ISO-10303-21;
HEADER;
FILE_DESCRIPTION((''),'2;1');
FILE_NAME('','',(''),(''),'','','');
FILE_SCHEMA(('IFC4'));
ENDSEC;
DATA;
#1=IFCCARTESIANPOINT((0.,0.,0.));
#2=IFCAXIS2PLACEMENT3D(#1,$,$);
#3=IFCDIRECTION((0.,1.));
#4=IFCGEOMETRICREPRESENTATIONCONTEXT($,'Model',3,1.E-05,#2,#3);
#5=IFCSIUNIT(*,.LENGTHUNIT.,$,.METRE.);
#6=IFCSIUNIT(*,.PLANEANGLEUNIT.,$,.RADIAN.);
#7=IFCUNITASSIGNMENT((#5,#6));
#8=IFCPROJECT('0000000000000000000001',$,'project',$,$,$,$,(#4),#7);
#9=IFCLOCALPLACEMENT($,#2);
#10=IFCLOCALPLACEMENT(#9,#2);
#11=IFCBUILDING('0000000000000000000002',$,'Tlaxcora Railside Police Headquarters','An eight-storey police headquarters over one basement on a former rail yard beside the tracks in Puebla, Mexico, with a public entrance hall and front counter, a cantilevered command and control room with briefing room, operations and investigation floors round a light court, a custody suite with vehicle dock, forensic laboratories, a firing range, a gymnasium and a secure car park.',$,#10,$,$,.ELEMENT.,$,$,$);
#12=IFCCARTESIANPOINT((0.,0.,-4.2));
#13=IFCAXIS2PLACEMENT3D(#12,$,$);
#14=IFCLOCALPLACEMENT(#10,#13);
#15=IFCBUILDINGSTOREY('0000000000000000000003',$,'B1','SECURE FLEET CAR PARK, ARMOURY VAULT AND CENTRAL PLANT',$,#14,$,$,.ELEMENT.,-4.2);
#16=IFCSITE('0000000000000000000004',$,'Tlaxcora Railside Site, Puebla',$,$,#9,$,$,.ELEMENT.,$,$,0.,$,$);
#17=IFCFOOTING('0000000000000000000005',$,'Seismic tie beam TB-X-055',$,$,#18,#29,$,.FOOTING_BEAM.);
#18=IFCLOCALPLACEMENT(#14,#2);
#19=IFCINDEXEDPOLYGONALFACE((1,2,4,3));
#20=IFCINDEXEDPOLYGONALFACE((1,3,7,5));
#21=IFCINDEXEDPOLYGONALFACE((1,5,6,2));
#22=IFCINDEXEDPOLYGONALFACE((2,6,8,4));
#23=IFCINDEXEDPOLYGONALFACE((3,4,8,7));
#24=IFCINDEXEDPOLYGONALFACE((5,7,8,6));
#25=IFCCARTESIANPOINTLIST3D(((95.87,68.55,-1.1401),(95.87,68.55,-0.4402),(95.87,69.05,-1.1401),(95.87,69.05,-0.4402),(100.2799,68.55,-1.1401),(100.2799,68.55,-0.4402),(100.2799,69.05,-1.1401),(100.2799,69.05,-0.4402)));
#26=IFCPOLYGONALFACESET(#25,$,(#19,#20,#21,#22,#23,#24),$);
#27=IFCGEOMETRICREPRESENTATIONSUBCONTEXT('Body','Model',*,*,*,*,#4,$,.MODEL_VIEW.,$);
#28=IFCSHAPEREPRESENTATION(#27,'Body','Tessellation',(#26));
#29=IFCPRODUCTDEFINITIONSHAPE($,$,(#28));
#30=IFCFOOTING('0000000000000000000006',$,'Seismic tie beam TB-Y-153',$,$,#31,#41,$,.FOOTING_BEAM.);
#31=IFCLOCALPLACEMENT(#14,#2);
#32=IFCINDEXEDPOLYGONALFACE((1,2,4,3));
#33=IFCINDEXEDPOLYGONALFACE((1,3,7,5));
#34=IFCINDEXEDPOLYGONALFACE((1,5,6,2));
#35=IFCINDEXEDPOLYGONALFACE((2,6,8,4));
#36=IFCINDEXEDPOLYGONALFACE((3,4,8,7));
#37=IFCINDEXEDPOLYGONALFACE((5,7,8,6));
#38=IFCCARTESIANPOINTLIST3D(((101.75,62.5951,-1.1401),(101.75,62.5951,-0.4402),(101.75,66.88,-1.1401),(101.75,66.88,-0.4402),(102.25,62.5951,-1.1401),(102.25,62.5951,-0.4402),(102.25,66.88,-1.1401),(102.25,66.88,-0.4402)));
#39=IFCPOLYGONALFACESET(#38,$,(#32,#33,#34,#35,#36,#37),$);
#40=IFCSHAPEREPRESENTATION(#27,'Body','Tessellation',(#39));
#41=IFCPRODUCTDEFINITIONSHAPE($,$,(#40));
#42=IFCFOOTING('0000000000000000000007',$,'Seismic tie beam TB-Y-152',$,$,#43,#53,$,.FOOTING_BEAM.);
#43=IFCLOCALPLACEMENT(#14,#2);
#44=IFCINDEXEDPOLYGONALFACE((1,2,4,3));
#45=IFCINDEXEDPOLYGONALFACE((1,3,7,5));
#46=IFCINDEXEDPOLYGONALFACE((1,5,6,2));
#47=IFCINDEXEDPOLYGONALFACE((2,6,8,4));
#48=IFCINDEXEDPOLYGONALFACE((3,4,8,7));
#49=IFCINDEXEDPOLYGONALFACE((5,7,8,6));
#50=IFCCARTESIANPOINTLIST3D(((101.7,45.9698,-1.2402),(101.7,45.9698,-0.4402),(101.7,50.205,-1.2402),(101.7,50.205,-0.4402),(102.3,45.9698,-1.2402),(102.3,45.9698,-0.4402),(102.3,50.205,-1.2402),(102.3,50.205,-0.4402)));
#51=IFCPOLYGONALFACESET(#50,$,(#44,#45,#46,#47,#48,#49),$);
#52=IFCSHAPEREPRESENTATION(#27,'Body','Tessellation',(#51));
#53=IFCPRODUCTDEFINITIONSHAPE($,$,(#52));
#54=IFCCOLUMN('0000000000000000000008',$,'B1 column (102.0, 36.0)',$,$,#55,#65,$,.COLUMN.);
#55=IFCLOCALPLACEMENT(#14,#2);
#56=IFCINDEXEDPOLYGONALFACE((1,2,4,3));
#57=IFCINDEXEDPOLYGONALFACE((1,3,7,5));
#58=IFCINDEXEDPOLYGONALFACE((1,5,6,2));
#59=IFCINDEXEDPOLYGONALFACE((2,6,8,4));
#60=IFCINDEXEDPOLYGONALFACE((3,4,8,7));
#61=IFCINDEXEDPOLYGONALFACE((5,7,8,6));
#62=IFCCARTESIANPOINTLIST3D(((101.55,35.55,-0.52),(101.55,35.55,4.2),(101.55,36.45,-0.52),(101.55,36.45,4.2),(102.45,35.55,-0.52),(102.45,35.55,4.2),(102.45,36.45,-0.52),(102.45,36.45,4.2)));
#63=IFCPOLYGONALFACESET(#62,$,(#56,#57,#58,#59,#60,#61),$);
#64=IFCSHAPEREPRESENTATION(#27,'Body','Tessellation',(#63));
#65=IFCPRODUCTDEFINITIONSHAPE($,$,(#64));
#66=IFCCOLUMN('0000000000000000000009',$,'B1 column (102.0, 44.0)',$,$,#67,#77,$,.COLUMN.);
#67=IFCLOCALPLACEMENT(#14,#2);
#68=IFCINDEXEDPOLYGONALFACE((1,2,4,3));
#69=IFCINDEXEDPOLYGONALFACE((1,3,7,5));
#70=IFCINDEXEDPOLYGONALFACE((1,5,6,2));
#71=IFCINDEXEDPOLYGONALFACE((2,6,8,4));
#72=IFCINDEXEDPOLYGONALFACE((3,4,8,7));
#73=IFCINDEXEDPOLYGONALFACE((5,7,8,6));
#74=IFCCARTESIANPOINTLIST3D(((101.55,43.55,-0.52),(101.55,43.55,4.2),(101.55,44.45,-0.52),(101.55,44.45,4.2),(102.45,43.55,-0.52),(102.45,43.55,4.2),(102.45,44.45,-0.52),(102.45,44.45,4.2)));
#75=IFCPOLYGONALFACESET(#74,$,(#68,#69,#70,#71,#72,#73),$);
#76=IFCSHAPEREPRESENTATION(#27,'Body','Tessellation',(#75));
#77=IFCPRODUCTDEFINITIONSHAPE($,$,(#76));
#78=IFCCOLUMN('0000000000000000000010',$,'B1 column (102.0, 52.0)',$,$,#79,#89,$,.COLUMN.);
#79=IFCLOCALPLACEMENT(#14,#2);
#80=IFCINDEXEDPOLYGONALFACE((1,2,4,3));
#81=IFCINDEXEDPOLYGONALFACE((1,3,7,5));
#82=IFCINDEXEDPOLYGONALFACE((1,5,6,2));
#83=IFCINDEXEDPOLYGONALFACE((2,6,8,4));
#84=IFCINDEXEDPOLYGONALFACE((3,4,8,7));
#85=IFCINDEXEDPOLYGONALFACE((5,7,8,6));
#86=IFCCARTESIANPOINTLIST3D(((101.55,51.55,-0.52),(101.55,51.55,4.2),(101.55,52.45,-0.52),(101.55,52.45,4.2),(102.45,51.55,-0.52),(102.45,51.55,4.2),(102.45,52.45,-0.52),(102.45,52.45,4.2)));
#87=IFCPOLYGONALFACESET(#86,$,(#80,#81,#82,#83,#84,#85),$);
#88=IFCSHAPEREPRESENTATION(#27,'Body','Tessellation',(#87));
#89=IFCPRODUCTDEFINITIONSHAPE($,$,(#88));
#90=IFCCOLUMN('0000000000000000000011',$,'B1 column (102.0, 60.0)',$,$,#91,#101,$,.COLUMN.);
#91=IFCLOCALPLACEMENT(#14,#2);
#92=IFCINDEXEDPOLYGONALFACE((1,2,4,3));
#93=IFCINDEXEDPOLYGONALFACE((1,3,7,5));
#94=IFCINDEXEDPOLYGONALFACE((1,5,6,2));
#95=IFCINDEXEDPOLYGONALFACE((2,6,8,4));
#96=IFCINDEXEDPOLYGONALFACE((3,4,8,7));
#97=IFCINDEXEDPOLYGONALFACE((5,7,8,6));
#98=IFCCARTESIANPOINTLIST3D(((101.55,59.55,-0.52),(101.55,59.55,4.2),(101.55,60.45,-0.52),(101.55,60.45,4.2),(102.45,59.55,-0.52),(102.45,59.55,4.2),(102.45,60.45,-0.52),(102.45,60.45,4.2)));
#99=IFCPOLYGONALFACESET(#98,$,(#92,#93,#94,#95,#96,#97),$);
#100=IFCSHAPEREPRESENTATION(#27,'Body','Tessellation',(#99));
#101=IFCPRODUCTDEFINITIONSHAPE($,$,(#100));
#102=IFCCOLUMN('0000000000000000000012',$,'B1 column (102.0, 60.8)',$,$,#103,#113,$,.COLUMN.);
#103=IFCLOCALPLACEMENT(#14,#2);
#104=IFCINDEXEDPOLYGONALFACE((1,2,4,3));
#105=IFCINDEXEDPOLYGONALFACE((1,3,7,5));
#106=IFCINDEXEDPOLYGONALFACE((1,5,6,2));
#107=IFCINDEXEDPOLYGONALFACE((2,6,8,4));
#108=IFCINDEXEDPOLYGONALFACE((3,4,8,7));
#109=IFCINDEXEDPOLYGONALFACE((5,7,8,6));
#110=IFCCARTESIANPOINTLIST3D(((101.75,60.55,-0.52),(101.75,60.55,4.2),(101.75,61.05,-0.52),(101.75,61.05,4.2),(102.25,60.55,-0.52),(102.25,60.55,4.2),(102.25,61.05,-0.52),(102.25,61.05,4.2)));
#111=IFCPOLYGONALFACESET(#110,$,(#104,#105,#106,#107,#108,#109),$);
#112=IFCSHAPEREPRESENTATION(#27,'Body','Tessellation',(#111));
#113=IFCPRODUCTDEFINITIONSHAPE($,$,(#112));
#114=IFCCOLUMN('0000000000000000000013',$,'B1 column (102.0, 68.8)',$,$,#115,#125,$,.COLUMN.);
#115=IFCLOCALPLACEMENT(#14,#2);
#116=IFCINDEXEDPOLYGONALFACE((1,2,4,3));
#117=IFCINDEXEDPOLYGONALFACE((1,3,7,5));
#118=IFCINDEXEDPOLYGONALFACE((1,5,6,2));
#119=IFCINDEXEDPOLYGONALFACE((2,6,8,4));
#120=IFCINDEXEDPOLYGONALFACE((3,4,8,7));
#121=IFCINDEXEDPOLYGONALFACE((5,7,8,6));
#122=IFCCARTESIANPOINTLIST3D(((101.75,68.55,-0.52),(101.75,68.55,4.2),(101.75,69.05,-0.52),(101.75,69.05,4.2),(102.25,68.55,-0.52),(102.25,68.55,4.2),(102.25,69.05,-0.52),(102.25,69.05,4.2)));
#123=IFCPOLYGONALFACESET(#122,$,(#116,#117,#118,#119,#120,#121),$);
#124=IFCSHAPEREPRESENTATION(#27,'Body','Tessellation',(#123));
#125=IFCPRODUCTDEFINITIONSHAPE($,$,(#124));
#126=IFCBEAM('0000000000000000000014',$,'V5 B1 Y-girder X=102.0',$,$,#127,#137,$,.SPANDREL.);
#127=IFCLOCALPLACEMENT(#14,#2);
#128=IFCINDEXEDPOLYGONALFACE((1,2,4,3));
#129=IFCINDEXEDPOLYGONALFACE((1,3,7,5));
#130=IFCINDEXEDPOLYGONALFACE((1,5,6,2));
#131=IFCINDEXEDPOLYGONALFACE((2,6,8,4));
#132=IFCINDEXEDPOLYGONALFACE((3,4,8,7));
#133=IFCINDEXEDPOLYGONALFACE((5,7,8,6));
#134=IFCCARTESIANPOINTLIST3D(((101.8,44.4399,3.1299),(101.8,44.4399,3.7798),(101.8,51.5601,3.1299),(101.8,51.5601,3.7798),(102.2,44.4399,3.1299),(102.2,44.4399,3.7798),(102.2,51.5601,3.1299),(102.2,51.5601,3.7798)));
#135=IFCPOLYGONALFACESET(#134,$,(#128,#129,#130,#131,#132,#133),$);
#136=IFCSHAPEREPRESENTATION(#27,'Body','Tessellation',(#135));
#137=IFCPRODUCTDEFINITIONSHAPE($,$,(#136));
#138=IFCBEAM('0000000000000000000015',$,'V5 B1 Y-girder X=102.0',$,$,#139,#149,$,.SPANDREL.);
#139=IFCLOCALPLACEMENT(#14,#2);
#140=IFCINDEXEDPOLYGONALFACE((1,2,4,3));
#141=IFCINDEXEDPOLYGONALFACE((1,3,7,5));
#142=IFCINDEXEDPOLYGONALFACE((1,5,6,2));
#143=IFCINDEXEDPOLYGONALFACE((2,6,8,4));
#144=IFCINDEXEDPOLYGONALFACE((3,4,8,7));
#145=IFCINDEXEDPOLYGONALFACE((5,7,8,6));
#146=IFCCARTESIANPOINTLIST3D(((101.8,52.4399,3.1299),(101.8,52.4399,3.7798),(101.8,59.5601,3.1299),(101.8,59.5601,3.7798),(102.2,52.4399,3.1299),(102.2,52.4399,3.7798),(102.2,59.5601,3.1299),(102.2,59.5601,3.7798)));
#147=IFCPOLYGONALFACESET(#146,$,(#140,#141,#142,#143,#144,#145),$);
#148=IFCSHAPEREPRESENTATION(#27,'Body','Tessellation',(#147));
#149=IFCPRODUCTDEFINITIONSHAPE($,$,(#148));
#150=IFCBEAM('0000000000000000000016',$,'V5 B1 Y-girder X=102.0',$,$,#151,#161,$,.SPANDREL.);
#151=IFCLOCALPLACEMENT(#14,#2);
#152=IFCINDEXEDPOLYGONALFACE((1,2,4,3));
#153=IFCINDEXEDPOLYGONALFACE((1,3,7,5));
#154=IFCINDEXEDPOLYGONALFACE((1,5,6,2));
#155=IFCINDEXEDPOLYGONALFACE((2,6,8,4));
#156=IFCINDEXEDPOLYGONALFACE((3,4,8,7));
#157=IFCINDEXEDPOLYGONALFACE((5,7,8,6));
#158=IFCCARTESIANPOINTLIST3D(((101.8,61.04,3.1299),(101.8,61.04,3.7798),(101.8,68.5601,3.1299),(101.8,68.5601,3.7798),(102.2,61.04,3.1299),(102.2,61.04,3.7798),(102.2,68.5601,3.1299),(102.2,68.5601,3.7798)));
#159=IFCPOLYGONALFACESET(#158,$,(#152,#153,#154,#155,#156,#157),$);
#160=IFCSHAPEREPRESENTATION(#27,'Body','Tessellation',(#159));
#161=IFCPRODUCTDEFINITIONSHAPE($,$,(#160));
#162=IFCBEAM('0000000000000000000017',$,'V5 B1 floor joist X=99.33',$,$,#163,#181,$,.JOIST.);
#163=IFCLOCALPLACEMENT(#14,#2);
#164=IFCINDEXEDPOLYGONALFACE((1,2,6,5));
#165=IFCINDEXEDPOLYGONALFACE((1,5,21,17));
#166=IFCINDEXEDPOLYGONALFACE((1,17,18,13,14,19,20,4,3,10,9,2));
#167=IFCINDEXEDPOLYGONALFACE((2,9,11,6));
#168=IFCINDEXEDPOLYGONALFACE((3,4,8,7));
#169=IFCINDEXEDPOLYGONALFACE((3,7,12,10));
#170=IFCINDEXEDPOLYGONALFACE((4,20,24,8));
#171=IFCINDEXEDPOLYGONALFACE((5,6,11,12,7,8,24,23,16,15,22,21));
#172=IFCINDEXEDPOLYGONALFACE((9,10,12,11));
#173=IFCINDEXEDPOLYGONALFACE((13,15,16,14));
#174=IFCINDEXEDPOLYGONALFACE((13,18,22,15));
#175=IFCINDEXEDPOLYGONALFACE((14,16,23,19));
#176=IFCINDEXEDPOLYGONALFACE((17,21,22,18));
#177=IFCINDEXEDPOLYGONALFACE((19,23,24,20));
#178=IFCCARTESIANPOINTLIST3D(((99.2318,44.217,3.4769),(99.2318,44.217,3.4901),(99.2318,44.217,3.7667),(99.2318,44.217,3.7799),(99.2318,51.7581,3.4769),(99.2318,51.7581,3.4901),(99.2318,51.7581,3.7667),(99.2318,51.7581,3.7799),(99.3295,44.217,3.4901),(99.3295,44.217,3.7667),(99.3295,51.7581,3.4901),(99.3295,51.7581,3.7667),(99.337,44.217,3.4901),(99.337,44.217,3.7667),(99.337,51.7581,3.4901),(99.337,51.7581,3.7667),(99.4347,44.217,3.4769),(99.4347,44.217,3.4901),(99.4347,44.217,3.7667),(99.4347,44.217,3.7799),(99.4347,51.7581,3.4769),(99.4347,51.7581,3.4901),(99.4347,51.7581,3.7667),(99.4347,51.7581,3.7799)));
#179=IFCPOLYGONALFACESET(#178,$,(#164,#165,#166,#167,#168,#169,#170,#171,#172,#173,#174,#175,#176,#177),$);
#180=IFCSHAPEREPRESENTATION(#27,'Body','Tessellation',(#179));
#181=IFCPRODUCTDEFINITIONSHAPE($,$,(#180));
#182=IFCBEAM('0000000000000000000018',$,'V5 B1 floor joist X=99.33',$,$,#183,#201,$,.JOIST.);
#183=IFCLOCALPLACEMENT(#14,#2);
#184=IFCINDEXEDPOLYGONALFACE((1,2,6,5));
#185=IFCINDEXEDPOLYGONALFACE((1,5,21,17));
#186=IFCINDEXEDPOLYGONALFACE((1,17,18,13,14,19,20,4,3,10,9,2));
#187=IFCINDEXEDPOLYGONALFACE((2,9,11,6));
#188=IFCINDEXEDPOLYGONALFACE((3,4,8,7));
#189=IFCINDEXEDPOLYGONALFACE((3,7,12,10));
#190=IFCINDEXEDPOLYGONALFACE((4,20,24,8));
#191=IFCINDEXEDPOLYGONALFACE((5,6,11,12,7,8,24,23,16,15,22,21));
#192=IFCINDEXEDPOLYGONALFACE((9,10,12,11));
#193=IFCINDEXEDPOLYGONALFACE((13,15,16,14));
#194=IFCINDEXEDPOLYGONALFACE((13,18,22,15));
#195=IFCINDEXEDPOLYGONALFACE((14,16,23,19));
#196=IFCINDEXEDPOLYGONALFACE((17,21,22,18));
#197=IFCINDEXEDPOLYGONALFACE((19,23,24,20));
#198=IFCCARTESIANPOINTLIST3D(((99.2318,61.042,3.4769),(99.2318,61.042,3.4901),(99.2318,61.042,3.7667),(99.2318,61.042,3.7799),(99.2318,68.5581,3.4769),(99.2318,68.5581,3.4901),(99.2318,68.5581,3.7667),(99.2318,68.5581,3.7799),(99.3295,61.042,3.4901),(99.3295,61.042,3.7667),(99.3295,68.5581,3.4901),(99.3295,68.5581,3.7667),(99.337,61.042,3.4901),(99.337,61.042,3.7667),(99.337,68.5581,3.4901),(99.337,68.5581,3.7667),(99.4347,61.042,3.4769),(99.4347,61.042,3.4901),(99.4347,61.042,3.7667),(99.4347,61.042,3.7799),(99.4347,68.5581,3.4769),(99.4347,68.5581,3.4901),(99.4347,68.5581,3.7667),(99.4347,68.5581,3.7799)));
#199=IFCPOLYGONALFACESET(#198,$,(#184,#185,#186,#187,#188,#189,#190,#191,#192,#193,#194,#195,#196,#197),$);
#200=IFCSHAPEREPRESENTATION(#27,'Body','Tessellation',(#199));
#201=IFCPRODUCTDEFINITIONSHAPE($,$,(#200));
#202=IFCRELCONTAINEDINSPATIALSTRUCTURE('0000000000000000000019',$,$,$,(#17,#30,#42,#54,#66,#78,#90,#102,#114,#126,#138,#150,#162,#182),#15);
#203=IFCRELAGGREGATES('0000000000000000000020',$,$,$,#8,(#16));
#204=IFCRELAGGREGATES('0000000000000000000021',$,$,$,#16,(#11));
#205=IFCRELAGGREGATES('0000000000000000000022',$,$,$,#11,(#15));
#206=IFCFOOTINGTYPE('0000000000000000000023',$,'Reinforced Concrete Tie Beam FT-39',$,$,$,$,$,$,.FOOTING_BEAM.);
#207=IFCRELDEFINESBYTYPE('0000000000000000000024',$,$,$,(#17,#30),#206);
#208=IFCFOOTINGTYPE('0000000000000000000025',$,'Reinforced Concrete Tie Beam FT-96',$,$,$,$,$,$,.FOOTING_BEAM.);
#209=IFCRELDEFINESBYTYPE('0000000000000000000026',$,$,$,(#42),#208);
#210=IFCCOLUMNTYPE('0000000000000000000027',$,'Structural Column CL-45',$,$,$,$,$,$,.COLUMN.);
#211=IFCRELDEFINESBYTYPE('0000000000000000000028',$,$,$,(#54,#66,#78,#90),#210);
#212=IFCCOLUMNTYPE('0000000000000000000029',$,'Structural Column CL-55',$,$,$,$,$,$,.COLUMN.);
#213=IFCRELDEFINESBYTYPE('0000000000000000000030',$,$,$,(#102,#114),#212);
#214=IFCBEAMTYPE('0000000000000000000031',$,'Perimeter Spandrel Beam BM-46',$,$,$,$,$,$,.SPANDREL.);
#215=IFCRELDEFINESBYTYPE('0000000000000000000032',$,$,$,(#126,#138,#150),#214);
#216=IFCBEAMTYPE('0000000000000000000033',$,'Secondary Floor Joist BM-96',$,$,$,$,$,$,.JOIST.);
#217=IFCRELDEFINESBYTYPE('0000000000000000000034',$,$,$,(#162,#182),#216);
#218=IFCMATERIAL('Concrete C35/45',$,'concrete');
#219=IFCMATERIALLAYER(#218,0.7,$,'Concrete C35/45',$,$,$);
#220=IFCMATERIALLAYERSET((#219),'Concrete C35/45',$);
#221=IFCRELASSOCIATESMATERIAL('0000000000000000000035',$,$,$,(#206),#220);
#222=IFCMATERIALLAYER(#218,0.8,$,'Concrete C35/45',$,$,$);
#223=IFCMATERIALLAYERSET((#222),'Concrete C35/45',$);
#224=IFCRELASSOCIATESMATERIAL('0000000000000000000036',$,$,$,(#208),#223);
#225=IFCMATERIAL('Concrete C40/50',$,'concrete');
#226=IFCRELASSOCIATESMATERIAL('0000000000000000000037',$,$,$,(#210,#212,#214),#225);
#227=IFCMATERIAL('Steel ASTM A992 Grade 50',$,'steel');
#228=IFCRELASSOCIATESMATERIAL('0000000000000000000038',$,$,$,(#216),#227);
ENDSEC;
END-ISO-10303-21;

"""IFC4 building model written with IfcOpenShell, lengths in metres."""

from ifc_helpers import new_model, si_unit, direction, frame, origin, origin_2d, place, context, subcontext, project, spatial, rectangle, i_section, extrude, material, layer, layer_set, material_profile, profile_set, type_object, element, save


model = new_model("IFC4")

# Units and contexts
model_context = context("Model", 3, precision=1e-05, world=origin(), true_north=direction((0.0, 1.0)))
body_context = subcontext(model_context, "Body", "Model", "MODEL_VIEW")
ifc_project = project(units=[si_unit("LENGTHUNIT", "METRE"), si_unit("PLANEANGLEUNIT", "RADIAN")], contexts=[model_context])

# Site, building, storey
site_placement = place(None, origin())
site = spatial("IfcSite", under=ifc_project, at=site_placement, Name="Tlaxcora Railside Site, Puebla", CompositionType="ELEMENT", RefElevation=0.0)
building_placement = place(site_placement, origin())
building = spatial("IfcBuilding", under=site, at=building_placement, Name="Tlaxcora Railside Police Headquarters", Description="An eight-storey police headquarters over one basement on a former rail yard beside the tracks in Puebla, Mexico, with a public entrance hall and front counter, a cantilevered command and control room with briefing room, operations and investigation floors round a light court, a custody suite with vehicle dock, forensic laboratories, a firing range, a gymnasium and a secure car park.", CompositionType="ELEMENT")
storey_placement = place(building_placement, frame((0.0, 0.0, -4.2)))
storey = spatial("IfcBuildingStorey", under=building, at=storey_placement, Name="B1", Description="SECURE FLEET CAR PARK, ARMOURY VAULT AND CENTRAL PLANT", CompositionType="ELEMENT", Elevation=-4.2)

# Shared definitions
ifc_material_1 = material(Name="Concrete C35/45", Category="concrete")

# Footings
ifc_material_2 = material(Name="Concrete C40/50", Category="concrete")
ifc_layer_1 = layer(ifc_material_1, 0.7, Name="Concrete C35/45")
ifc_layer_set_1 = layer_set([ifc_layer_1], Name="Concrete C35/45")
footing_type_1 = type_object("IfcFootingType", Name="Reinforced Concrete Tie Beam FT-39", PredefinedType="FOOTING_BEAM", material=ifc_layer_set_1)
footing_1_placement = place(storey_placement, frame((98.075, 68.8, -1.1401), z_axis=(0.0, 0.0, 1.0), x_axis=(1.0, 0.0, 0.0)))
element("IfcFooting", 1, at=footing_1_placement, inside=storey, type_object=footing_type_1, Name="Seismic tie beam TB-X-055", PredefinedType="FOOTING_BEAM", context=body_context, shape_type="SweptSolid", body=[
    extrude(rectangle(XDim=4.4099, YDim=0.5, at=origin_2d()), origin(), (0.0, 0.0, 1.0), 0.7),
])
footing_2_placement = place(storey_placement, frame((102.0, 64.7375, -1.1401), z_axis=(0.0, 0.0, 1.0), x_axis=(0.0, 1.0, 0.0)))
element("IfcFooting", 2, at=footing_2_placement, inside=storey, type_object=footing_type_1, Name="Seismic tie beam TB-Y-153", PredefinedType="FOOTING_BEAM", context=body_context, shape_type="SweptSolid", body=[
    extrude(rectangle(XDim=4.2849, YDim=0.5, at=origin_2d()), origin(), (0.0, 0.0, 1.0), 0.7),
])
ifc_layer_2 = layer(ifc_material_1, 0.8, Name="Concrete C35/45")
ifc_layer_set_2 = layer_set([ifc_layer_2], Name="Concrete C35/45")
footing_type_2 = type_object("IfcFootingType", Name="Reinforced Concrete Tie Beam FT-96", PredefinedType="FOOTING_BEAM", material=ifc_layer_set_2)
footing_3_placement = place(storey_placement, frame((102.0, 48.0874, -1.2402), z_axis=(0.0, 0.0, 1.0), x_axis=(0.0, 1.0, 0.0)))
element("IfcFooting", 3, at=footing_3_placement, inside=storey, type_object=footing_type_2, Name="Seismic tie beam TB-Y-152", PredefinedType="FOOTING_BEAM", context=body_context, shape_type="SweptSolid", body=[
    extrude(rectangle(XDim=4.2351, YDim=0.6001, at=origin_2d()), origin(), (0.0, 0.0, 1.0), 0.8),
])

# Columns
ifc_material_profile_1 = material_profile(ifc_material_2, rectangle(XDim=0.8999, YDim=0.8999, at=origin_2d()), Name="RC900X900")
ifc_profile_set_1 = profile_set([ifc_material_profile_1], Name="Concrete C40/50")
column_type_1 = type_object("IfcColumnType", Name="Structural Column CL-45", PredefinedType="COLUMN", material=ifc_profile_set_1)
for number, where, z_axis, x_axis, name in (
    (4, (102.0, 36.0, -0.52), (0.0, 0.0, 1.0), (1.0, 0.0, 0.0), "B1 column (102.0, 36.0)"),
    (5, (102.0, 44.0, -0.52), (0.0, 0.0, 1.0), (1.0, 0.0, 0.0), "B1 column (102.0, 44.0)"),
    (6, (102.0, 52.0, -0.52), (0.0, 0.0, 1.0), (1.0, 0.0, 0.0), "B1 column (102.0, 52.0)"),
    (7, (102.0, 60.0, -0.52), (0.0, 0.0, 1.0), (1.0, 0.0, 0.0), "B1 column (102.0, 60.0)"),
):
    element("IfcColumn", number, at=place(storey_placement, frame(where, z_axis=z_axis, x_axis=x_axis)), inside=storey, type_object=column_type_1, Name=name, PredefinedType="COLUMN", context=body_context, shape_type="SweptSolid", body=[
        extrude(rectangle(XDim=0.8999, YDim=0.8999, at=origin_2d()), origin(), (0.0, 0.0, 1.0), 4.72),
    ])
ifc_material_profile_2 = material_profile(ifc_material_2, rectangle(XDim=0.5, YDim=0.5, at=origin_2d()), Name="RC500X500")
ifc_profile_set_2 = profile_set([ifc_material_profile_2], Name="Concrete C40/50")
column_type_2 = type_object("IfcColumnType", Name="Structural Column CL-55", PredefinedType="COLUMN", material=ifc_profile_set_2)
for number, where, z_axis, x_axis, name in (
    (8, (102.0, 60.8, -0.52), (0.0, 0.0, 1.0), (1.0, 0.0, 0.0), "B1 column (102.0, 60.8)"),
    (9, (102.0, 68.8, -0.52), (0.0, 0.0, 1.0), (1.0, 0.0, 0.0), "B1 column (102.0, 68.8)"),
):
    element("IfcColumn", number, at=place(storey_placement, frame(where, z_axis=z_axis, x_axis=x_axis)), inside=storey, type_object=column_type_2, Name=name, PredefinedType="COLUMN", context=body_context, shape_type="SweptSolid", body=[
        extrude(rectangle(XDim=0.5, YDim=0.5, at=origin_2d()), origin(), (0.0, 0.0, 1.0), 4.72),
    ])

# Beams
ifc_material_profile_3 = material_profile(ifc_material_2, rectangle(XDim=0.3999, YDim=0.6499, at=origin_2d()), Name="RC400X650")
ifc_profile_set_3 = profile_set([ifc_material_profile_3], Name="Concrete C40/50")
beam_type_1 = type_object("IfcBeamType", Name="Perimeter Spandrel Beam BM-46", PredefinedType="SPANDREL", material=ifc_profile_set_3)
for number, where, z_axis, x_axis, name in (
    (10, (102.0, 44.4399, 3.4548), (0.0, 1.0, 0.0), (-1.0, 0.0, 0.0), "V5 B1 Y-girder X=102.0"),
    (11, (102.0, 52.4399, 3.4548), (0.0, 1.0, 0.0), (-1.0, 0.0, 0.0), "V5 B1 Y-girder X=102.0"),
):
    element("IfcBeam", number, at=place(storey_placement, frame(where, z_axis=z_axis, x_axis=x_axis)), inside=storey, type_object=beam_type_1, Name=name, PredefinedType="SPANDREL", context=body_context, shape_type="SweptSolid", body=[
        extrude(rectangle(XDim=0.3999, YDim=0.6499, at=origin_2d()), origin(), (0.0, 0.0, 1.0), 7.1201),
    ])
beam_1_placement = place(storey_placement, frame((102.0, 61.04, 3.4548), z_axis=(0.0, 1.0, 0.0), x_axis=(-1.0, 0.0, 0.0)))
element("IfcBeam", 12, at=beam_1_placement, inside=storey, type_object=beam_type_1, Name="V5 B1 Y-girder X=102.0", PredefinedType="SPANDREL", context=body_context, shape_type="SweptSolid", body=[
    extrude(rectangle(XDim=0.3999, YDim=0.6499, at=origin_2d()), origin(), (0.0, 0.0, 1.0), 7.52),
])
ifc_material_3 = material(Name="Steel ASTM A992 Grade 50", Category="steel")
ifc_material_profile_4 = material_profile(ifc_material_3, i_section(OverallWidth=0.2029, OverallDepth=0.303, WebThickness=0.0076, FlangeThickness=0.0132, at=origin_2d()), Name="W12X40")
ifc_profile_set_4 = profile_set([ifc_material_profile_4], Name="Steel ASTM A992 Grade 50")
beam_type_2 = type_object("IfcBeamType", Name="Secondary Floor Joist BM-96", PredefinedType="JOIST", material=ifc_profile_set_4)
beam_2_placement = place(storey_placement, frame((99.3333, 44.217, 3.6284), z_axis=(0.0, 1.0, 0.0), x_axis=(-1.0, 0.0, 0.0)))
element("IfcBeam", 13, at=beam_2_placement, inside=storey, type_object=beam_type_2, Name="V5 B1 floor joist X=99.33", PredefinedType="JOIST", context=body_context, shape_type="SweptSolid", body=[
    extrude(i_section(OverallWidth=0.2029, OverallDepth=0.303, WebThickness=0.0076, FlangeThickness=0.0132, at=origin_2d()), origin(), (0.0, 0.0, 1.0), 7.541),
])
beam_3_placement = place(storey_placement, frame((99.3333, 61.042, 3.6284), z_axis=(0.0, 1.0, 0.0), x_axis=(-1.0, 0.0, 0.0)))
element("IfcBeam", 14, at=beam_3_placement, inside=storey, type_object=beam_type_2, Name="V5 B1 floor joist X=99.33", PredefinedType="JOIST", context=body_context, shape_type="SweptSolid", body=[
    extrude(i_section(OverallWidth=0.2029, OverallDepth=0.303, WebThickness=0.0076, FlangeThickness=0.0132, at=origin_2d()), origin(), (0.0, 0.0, 1.0), 7.5161),
])

save(model, "model.ifc")
